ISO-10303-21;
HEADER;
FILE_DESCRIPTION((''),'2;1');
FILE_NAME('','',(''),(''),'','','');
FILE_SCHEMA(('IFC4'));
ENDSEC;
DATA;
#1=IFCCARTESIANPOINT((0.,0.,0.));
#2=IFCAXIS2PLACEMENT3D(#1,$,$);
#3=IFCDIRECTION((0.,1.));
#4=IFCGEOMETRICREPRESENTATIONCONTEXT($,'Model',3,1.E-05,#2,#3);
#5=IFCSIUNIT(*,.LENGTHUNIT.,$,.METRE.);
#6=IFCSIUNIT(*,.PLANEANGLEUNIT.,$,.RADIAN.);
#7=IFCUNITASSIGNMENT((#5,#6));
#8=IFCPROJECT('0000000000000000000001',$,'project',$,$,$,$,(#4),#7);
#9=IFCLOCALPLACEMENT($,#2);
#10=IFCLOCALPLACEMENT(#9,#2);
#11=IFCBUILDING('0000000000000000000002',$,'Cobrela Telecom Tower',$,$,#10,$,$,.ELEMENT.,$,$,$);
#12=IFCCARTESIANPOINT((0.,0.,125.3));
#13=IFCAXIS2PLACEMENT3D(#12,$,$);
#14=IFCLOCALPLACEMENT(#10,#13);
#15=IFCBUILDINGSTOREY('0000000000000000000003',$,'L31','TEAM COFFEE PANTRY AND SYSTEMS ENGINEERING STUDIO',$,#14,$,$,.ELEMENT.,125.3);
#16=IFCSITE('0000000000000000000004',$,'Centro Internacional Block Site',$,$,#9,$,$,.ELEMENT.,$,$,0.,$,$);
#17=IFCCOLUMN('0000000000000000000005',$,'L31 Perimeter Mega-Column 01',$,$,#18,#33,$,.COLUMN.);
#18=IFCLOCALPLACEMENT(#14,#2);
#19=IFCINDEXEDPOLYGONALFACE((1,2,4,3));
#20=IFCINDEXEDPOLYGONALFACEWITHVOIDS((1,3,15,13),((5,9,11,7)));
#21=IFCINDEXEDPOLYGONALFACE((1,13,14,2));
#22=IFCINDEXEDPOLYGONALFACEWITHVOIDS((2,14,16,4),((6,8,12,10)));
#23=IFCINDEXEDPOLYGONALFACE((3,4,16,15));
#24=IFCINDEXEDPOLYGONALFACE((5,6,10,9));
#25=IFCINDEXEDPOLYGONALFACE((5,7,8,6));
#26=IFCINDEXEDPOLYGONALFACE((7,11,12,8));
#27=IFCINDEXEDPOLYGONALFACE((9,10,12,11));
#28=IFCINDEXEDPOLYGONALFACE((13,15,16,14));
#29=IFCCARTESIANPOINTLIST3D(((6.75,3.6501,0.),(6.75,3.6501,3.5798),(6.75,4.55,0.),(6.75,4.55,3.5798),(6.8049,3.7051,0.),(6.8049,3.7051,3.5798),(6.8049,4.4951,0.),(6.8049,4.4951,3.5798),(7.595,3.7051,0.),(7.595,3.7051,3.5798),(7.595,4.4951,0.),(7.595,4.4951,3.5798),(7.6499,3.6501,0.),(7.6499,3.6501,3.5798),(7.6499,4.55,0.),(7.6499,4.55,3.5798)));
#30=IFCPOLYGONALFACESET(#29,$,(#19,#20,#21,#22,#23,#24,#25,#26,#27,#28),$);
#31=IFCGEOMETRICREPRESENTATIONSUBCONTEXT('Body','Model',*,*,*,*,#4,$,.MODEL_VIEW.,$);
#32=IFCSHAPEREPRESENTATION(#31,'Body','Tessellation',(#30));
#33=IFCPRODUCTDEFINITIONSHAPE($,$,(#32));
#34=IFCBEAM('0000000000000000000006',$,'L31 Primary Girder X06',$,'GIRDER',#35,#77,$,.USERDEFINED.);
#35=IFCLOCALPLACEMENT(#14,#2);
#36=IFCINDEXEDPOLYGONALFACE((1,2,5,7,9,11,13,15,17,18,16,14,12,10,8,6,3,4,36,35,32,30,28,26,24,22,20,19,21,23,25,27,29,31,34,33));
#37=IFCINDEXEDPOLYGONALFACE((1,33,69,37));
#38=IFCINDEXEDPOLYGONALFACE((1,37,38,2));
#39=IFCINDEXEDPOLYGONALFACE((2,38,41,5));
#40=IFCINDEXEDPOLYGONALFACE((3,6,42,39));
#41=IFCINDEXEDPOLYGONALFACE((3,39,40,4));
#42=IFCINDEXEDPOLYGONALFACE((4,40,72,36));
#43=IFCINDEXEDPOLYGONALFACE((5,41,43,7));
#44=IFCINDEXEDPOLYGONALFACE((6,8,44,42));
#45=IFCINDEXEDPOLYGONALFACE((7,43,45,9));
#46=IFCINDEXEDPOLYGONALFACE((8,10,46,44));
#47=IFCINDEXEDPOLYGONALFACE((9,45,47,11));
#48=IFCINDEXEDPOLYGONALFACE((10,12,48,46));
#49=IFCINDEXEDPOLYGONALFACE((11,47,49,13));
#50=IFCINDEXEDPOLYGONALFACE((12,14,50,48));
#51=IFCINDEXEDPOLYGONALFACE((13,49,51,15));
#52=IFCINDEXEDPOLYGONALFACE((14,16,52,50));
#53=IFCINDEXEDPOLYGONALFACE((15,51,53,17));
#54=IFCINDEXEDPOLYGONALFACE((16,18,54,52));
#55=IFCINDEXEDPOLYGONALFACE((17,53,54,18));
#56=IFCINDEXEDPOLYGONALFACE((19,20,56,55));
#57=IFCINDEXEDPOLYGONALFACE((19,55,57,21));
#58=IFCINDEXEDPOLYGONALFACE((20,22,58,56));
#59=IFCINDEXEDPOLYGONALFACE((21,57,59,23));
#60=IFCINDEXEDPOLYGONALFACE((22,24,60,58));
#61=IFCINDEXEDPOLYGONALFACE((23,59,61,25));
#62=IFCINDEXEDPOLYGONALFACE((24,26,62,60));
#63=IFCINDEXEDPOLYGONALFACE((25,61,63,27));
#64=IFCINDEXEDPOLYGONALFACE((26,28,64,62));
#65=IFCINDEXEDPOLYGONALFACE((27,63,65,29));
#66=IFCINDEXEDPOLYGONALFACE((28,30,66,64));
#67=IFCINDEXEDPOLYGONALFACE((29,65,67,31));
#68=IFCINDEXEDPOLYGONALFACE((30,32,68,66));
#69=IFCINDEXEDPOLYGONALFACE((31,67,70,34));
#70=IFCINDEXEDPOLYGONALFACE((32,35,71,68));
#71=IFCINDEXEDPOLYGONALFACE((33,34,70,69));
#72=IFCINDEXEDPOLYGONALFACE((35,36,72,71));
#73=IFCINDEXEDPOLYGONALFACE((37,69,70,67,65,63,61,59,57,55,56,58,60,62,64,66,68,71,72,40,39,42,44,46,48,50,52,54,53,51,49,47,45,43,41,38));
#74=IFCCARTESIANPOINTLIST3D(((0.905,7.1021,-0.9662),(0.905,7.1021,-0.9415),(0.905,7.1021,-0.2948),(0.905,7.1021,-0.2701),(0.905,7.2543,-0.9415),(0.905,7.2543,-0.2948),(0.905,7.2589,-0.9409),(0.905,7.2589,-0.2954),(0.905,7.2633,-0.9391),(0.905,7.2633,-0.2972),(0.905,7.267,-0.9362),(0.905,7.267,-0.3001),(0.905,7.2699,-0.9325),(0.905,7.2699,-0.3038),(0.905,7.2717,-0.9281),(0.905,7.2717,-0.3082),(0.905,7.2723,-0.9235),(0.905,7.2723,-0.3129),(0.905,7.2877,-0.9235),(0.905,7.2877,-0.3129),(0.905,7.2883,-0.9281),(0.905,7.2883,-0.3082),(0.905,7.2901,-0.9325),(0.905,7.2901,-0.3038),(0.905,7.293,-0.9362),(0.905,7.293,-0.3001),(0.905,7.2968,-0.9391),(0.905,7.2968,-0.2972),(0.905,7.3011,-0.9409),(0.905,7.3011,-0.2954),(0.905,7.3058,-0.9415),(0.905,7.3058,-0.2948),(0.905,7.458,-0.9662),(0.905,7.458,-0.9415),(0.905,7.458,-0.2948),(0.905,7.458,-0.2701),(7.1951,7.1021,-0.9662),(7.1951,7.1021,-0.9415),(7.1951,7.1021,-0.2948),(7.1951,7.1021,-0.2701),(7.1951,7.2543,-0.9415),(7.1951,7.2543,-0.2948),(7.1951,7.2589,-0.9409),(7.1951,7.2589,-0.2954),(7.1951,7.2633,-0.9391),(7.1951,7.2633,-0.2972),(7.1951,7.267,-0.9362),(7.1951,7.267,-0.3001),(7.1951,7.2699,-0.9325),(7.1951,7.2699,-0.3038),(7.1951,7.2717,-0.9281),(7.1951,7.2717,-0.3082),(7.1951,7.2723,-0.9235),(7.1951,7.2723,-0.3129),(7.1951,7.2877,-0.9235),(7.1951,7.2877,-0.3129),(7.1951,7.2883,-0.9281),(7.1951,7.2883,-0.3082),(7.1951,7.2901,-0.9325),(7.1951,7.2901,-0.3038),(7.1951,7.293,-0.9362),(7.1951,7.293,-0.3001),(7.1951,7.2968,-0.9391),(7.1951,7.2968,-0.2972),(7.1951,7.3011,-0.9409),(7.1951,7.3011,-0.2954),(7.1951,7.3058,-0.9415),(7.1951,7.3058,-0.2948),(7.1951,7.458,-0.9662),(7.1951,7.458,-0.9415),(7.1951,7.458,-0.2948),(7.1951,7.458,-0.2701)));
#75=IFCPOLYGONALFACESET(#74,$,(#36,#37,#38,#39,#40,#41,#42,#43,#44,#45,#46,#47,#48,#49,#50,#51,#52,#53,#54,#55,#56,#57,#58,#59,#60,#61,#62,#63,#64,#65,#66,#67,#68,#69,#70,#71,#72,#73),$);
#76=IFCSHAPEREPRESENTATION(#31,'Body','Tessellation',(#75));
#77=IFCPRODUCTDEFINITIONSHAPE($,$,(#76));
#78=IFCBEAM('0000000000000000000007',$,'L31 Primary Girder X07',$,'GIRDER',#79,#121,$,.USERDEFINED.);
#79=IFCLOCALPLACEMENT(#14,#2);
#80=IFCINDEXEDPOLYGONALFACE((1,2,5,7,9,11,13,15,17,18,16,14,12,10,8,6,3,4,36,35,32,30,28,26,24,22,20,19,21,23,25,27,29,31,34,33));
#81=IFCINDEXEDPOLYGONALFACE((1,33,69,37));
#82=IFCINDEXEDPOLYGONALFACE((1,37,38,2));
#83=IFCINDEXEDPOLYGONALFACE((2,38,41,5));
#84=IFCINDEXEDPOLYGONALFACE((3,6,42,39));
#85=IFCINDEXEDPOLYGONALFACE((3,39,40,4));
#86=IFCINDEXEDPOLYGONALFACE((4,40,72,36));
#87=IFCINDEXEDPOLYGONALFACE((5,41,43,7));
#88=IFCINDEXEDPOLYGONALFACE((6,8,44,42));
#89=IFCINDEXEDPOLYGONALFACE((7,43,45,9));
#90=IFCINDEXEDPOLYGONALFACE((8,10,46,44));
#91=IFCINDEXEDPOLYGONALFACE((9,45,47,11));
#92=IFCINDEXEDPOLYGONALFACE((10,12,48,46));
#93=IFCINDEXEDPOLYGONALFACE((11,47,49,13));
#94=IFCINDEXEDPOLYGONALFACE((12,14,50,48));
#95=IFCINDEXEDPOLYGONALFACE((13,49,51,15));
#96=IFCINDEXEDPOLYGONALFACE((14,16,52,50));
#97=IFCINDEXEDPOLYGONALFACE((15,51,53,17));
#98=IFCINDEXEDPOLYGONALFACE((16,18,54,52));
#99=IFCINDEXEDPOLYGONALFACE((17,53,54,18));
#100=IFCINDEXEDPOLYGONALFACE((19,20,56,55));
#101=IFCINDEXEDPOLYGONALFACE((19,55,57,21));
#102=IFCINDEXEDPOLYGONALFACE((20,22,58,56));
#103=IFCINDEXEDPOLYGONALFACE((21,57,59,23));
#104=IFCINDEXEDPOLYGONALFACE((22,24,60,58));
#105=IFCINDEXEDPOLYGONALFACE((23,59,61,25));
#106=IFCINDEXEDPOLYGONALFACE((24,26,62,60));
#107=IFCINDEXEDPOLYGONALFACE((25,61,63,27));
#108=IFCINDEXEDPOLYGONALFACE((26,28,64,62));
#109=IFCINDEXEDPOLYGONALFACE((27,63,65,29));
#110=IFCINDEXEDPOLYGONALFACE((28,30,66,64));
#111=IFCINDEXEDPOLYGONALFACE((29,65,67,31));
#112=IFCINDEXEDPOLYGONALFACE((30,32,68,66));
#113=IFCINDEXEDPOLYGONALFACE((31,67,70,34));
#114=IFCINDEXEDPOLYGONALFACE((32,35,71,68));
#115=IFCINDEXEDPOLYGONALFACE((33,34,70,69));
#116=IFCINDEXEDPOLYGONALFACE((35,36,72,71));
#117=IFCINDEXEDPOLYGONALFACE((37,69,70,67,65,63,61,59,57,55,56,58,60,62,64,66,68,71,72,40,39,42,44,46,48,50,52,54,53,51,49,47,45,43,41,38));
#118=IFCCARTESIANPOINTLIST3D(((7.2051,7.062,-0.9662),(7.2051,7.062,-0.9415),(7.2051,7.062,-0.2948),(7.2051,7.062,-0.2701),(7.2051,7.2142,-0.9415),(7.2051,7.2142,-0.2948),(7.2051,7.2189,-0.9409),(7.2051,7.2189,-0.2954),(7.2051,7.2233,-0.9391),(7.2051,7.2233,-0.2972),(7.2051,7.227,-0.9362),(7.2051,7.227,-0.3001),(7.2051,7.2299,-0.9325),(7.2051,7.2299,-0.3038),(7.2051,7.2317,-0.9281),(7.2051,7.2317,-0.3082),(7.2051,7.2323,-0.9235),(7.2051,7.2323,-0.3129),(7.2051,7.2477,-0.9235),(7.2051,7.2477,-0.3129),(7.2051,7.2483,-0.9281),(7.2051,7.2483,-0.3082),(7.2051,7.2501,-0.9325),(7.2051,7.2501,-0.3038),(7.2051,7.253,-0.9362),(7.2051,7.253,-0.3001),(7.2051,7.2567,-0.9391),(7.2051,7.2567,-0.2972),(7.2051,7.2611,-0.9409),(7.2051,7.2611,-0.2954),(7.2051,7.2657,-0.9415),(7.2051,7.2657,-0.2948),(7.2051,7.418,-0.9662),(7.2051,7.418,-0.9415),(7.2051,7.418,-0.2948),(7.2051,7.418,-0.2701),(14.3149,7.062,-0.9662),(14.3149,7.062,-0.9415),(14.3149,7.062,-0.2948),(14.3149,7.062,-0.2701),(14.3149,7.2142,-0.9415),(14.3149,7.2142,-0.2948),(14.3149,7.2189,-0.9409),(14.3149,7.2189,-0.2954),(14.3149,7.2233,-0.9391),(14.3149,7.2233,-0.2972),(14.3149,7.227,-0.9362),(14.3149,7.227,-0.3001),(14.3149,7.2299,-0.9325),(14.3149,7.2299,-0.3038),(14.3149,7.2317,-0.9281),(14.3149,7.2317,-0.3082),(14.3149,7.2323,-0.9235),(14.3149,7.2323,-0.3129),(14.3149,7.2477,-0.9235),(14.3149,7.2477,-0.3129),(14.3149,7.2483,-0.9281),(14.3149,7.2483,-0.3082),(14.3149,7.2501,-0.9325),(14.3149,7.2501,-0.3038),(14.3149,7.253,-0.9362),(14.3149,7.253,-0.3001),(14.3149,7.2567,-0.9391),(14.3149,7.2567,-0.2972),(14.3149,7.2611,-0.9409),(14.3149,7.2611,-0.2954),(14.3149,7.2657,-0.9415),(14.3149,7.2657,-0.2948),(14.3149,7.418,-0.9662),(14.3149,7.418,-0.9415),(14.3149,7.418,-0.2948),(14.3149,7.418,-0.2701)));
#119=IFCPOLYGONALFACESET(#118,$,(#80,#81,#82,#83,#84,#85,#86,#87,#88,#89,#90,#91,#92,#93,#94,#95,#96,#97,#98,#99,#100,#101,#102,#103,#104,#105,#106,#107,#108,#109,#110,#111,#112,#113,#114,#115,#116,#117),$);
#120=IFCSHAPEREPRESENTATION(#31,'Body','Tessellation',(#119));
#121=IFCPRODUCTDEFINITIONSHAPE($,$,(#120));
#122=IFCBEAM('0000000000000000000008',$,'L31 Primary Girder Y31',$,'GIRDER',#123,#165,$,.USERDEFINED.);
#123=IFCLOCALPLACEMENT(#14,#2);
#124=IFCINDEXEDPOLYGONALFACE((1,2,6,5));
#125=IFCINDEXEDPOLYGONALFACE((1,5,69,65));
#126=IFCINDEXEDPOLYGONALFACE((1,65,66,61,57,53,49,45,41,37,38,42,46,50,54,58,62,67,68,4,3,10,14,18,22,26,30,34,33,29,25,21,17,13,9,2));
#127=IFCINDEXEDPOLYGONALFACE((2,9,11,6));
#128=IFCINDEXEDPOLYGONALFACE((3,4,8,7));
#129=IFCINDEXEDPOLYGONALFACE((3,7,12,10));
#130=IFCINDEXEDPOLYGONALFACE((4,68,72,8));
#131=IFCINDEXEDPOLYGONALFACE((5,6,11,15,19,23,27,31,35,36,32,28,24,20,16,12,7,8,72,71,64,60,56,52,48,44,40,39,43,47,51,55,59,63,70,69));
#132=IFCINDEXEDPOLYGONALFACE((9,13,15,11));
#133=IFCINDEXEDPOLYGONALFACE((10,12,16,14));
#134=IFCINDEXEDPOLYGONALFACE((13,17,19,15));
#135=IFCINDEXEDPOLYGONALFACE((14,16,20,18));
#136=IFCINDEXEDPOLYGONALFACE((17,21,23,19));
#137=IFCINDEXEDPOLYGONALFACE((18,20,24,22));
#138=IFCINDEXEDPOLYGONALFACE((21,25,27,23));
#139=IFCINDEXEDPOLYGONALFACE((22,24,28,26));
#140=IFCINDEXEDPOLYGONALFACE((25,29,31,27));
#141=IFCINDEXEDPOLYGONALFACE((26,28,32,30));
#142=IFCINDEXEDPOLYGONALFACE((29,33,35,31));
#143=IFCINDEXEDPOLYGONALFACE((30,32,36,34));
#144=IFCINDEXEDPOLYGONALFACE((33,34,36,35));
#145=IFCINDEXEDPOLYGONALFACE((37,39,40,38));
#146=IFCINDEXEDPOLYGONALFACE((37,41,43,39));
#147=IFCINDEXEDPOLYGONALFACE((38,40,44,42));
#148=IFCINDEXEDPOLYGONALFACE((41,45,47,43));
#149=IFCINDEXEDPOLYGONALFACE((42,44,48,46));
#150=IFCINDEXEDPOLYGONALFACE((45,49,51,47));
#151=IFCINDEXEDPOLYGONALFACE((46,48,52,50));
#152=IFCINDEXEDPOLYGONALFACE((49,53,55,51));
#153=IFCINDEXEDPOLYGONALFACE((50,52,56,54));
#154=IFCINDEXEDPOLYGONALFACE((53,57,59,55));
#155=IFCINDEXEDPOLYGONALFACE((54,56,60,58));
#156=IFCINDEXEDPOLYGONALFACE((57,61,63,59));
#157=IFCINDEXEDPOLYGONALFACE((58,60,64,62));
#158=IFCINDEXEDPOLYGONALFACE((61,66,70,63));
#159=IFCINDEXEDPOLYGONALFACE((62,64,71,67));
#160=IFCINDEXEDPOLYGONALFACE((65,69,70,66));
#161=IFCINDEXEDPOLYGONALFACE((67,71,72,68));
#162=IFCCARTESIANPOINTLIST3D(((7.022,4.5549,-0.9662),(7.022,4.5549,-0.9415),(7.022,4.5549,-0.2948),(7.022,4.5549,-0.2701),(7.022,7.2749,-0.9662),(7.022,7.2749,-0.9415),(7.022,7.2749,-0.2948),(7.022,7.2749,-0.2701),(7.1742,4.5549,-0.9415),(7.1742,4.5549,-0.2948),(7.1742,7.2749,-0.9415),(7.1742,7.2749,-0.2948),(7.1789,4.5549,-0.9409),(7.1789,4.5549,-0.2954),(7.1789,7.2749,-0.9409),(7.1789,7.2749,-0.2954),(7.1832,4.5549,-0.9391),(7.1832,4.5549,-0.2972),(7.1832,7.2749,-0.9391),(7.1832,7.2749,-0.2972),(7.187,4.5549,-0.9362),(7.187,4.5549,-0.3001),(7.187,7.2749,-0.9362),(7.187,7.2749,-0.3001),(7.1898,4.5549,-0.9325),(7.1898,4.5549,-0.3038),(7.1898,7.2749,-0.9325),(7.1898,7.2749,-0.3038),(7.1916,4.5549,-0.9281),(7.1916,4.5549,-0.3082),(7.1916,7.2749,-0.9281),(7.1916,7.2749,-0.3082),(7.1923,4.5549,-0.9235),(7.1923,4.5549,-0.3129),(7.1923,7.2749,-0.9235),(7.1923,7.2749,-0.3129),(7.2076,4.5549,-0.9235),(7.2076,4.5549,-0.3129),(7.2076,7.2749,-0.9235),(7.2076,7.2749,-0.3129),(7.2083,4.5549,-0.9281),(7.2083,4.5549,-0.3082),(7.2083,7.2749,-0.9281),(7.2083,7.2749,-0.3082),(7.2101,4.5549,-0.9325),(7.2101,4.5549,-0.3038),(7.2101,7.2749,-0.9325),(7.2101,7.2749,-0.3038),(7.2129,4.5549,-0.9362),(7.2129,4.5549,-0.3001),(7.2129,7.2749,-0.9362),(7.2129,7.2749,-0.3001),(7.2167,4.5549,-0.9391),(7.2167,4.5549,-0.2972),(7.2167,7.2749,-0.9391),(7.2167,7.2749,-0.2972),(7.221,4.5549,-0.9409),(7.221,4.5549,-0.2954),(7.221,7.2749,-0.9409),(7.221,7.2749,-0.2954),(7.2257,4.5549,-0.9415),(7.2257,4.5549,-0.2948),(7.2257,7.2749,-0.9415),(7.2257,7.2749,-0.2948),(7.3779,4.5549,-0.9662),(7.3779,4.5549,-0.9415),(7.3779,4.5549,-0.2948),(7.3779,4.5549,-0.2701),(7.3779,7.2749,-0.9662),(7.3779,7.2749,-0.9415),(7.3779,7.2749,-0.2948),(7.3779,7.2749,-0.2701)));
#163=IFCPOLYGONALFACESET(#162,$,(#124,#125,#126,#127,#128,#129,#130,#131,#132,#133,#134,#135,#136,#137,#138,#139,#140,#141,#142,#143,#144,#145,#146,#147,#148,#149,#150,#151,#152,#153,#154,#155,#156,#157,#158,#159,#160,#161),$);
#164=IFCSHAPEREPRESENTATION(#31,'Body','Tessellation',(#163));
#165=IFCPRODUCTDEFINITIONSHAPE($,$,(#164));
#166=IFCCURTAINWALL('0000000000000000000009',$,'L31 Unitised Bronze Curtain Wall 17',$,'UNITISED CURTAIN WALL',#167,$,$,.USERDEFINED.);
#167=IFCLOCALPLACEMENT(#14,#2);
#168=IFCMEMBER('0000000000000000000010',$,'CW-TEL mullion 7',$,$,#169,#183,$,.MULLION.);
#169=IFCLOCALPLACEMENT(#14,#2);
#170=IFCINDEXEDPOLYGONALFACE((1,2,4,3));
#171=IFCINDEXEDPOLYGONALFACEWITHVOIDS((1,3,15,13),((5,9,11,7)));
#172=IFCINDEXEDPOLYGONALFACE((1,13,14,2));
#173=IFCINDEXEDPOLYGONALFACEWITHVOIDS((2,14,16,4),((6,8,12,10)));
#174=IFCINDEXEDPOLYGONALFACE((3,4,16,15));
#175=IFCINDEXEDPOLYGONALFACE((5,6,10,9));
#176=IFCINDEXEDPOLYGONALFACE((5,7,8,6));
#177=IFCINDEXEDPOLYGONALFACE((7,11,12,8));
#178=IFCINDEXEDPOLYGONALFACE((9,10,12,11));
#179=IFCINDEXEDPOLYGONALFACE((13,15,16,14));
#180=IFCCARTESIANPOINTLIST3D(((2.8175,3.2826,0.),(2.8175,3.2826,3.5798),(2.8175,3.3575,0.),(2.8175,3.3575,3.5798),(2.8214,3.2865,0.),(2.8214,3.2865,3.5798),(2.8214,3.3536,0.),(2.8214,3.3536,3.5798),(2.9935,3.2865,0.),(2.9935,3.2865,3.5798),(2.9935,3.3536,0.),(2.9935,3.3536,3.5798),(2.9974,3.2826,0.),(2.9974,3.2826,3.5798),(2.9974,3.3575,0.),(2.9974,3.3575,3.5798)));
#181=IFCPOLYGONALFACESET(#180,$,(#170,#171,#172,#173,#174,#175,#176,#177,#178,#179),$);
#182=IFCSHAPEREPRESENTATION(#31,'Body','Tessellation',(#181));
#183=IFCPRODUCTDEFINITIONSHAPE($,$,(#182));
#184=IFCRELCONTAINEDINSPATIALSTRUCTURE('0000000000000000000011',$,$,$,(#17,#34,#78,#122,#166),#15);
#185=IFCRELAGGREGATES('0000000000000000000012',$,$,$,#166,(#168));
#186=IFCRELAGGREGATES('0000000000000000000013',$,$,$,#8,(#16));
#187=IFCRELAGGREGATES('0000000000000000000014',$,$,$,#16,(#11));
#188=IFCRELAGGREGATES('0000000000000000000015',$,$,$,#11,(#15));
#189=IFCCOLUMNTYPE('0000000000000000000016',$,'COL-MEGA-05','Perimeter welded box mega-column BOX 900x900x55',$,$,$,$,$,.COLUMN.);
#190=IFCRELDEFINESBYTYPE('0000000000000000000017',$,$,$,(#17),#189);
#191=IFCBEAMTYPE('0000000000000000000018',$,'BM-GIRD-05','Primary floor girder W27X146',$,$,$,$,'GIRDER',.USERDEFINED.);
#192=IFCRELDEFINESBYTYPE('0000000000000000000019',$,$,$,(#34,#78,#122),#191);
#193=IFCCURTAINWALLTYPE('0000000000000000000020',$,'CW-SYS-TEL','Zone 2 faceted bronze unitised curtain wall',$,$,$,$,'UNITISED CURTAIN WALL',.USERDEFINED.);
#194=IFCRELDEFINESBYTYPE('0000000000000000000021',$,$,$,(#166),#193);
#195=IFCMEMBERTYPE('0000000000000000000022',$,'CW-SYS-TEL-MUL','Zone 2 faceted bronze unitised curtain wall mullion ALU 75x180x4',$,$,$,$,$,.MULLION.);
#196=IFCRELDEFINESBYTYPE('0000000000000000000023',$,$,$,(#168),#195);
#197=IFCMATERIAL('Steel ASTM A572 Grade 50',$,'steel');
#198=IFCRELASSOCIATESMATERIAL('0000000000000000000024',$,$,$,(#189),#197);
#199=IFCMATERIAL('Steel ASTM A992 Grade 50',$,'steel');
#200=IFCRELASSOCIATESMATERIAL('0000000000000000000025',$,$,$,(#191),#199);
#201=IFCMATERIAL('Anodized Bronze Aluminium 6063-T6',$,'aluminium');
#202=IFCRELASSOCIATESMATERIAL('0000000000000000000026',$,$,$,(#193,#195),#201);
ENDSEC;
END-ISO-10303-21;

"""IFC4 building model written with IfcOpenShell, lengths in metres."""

from ifc_helpers import new_model, si_unit, direction, frame, origin, origin_2d, place, context, subcontext, project, spatial, hollow_rectangle, i_section, extrude, material, material_profile, profile_set, type_object, element, aggregate, save


model = new_model("IFC4")

# Units and contexts
model_context = context("Model", 3, precision=1e-05, world=origin(), true_north=direction((0.0, 1.0)))
body_context = subcontext(model_context, "Body", "Model", "MODEL_VIEW")
ifc_project = project(units=[si_unit("LENGTHUNIT", "METRE"), si_unit("PLANEANGLEUNIT", "RADIAN")], contexts=[model_context])

# Site, building, storey
site_placement = place(None, origin())
site = spatial("IfcSite", under=ifc_project, at=site_placement, Name="Centro Internacional Block Site", CompositionType="ELEMENT", RefElevation=0.0)
building_placement = place(site_placement, origin())
building = spatial("IfcBuilding", under=site, at=building_placement, Name="Cobrela Telecom Tower", CompositionType="ELEMENT")
storey_placement = place(building_placement, frame((0.0, 0.0, 125.3)))
storey = spatial("IfcBuildingStorey", under=building, at=storey_placement, Name="L31", Description="TEAM COFFEE PANTRY AND SYSTEMS ENGINEERING STUDIO", CompositionType="ELEMENT", Elevation=125.3)

# Column
ifc_material_1 = material(Name="Steel ASTM A572 Grade 50", Category="steel")
ifc_material_profile_1 = material_profile(ifc_material_1, hollow_rectangle(XDim=0.8999, YDim=0.8999, WallThickness=0.0549, at=origin_2d()), Name="BOX 900x900x55")
ifc_profile_set_1 = profile_set([ifc_material_profile_1], Name="Steel ASTM A572 Grade 50")
column_type = type_object("IfcColumnType", Name="COL-MEGA-05", Description="Perimeter welded box mega-column BOX 900x900x55", PredefinedType="COLUMN", material=ifc_profile_set_1)
column_placement = place(storey_placement, frame((7.2, 4.1001, 0.0), z_axis=(0.0, 0.0, 1.0), x_axis=(1.0, 0.0, 0.0)))
element("IfcColumn", 1, at=column_placement, inside=storey, type_object=column_type, Name="L31 Perimeter Mega-Column 01", PredefinedType="COLUMN", context=body_context, shape_type="SweptSolid", body=[
    extrude(hollow_rectangle(XDim=0.8999, YDim=0.8999, WallThickness=0.0549, at=origin_2d()), origin(), (0.0, 0.0, 1.0), 3.5798),
])

# Beams
ifc_material_2 = material(Name="Steel ASTM A992 Grade 50", Category="steel")
ifc_material_profile_2 = material_profile(ifc_material_2, i_section(OverallWidth=0.356, OverallDepth=0.696, WebThickness=0.0154, FlangeThickness=0.0247, FilletRadius=0.0181, at=origin_2d()), Name="W27X146")
ifc_profile_set_2 = profile_set([ifc_material_profile_2], Name="Steel ASTM A992 Grade 50")
beam_type = type_object("IfcBeamType", Name="BM-GIRD-05", Description="Primary floor girder W27X146", ElementType="GIRDER", PredefinedType="USERDEFINED", material=ifc_profile_set_2)
beam_1_placement = place(storey_placement, frame((0.905, 7.28, -0.6182), z_axis=(1.0, 0.0, 0.0), x_axis=(0.0, 1.0, 0.0)))
element("IfcBeam", 2, at=beam_1_placement, inside=storey, type_object=beam_type, Name="L31 Primary Girder X06", ObjectType="GIRDER", PredefinedType="USERDEFINED", context=body_context, shape_type="SweptSolid", body=[
    extrude(i_section(OverallWidth=0.356, OverallDepth=0.696, WebThickness=0.0154, FlangeThickness=0.0247, FilletRadius=0.0181, at=origin_2d()), origin(), (0.0, 0.0, 1.0), 6.29),
])
beam_2_placement = place(storey_placement, frame((7.2051, 7.24, -0.6182), z_axis=(1.0, 0.0, 0.0), x_axis=(0.0, 1.0, 0.0)))
element("IfcBeam", 3, at=beam_2_placement, inside=storey, type_object=beam_type, Name="L31 Primary Girder X07", ObjectType="GIRDER", PredefinedType="USERDEFINED", context=body_context, shape_type="SweptSolid", body=[
    extrude(i_section(OverallWidth=0.356, OverallDepth=0.696, WebThickness=0.0154, FlangeThickness=0.0247, FilletRadius=0.0181, at=origin_2d()), origin(), (0.0, 0.0, 1.0), 7.1099),
])
beam_3_placement = place(storey_placement, frame((7.2, 4.5549, -0.6182), z_axis=(0.0, 1.0, 0.0), x_axis=(-1.0, 0.0, 0.0)))
element("IfcBeam", 4, at=beam_3_placement, inside=storey, type_object=beam_type, Name="L31 Primary Girder Y31", ObjectType="GIRDER", PredefinedType="USERDEFINED", context=body_context, shape_type="SweptSolid", body=[
    extrude(i_section(OverallWidth=0.356, OverallDepth=0.696, WebThickness=0.0154, FlangeThickness=0.0247, FilletRadius=0.0181, at=origin_2d()), origin(), (0.0, 0.0, 1.0), 2.72),
])

# Curtain wall, member
ifc_material_3 = material(Name="Anodized Bronze Aluminium 6063-T6", Category="aluminium")
curtain_wall_type = type_object("IfcCurtainWallType", Name="CW-SYS-TEL", Description="Zone 2 faceted bronze unitised curtain wall", ElementType="UNITISED CURTAIN WALL", PredefinedType="USERDEFINED", material=ifc_material_3)
curtain_wall_placement = place(storey_placement, origin())
curtain_wall = element("IfcCurtainWall", 5, at=curtain_wall_placement, inside=storey, type_object=curtain_wall_type, Name="L31 Unitised Bronze Curtain Wall 17", ObjectType="UNITISED CURTAIN WALL", PredefinedType="USERDEFINED")
ifc_material_profile_3 = material_profile(ifc_material_3, hollow_rectangle(XDim=0.075, YDim=0.1799, WallThickness=0.0039, at=origin_2d()), Name="ALU 75x180x4")
ifc_profile_set_3 = profile_set([ifc_material_profile_3], Name="Anodized Bronze Aluminium 6063-T6")
member_type = type_object("IfcMemberType", Name="CW-SYS-TEL-MUL", Description="Zone 2 faceted bronze unitised curtain wall mullion ALU 75x180x4", PredefinedType="MULLION", material=ifc_profile_set_3)
member_placement = place(storey_placement, frame((2.9075, 3.3201, 0.0), z_axis=(0.0, 0.0, 1.0), x_axis=(0.0, -1.0, 0.0)))
member = element("IfcMember", 6, at=member_placement, type_object=member_type, Name="CW-TEL mullion 7", PredefinedType="MULLION", context=body_context, shape_type="SweptSolid", body=[
    extrude(hollow_rectangle(XDim=0.075, YDim=0.1799, WallThickness=0.0039, at=origin_2d()), origin(), (0.0, 0.0, 1.0), 3.5798),
])
aggregate(curtain_wall, [member])

save(model, "model.ifc")
